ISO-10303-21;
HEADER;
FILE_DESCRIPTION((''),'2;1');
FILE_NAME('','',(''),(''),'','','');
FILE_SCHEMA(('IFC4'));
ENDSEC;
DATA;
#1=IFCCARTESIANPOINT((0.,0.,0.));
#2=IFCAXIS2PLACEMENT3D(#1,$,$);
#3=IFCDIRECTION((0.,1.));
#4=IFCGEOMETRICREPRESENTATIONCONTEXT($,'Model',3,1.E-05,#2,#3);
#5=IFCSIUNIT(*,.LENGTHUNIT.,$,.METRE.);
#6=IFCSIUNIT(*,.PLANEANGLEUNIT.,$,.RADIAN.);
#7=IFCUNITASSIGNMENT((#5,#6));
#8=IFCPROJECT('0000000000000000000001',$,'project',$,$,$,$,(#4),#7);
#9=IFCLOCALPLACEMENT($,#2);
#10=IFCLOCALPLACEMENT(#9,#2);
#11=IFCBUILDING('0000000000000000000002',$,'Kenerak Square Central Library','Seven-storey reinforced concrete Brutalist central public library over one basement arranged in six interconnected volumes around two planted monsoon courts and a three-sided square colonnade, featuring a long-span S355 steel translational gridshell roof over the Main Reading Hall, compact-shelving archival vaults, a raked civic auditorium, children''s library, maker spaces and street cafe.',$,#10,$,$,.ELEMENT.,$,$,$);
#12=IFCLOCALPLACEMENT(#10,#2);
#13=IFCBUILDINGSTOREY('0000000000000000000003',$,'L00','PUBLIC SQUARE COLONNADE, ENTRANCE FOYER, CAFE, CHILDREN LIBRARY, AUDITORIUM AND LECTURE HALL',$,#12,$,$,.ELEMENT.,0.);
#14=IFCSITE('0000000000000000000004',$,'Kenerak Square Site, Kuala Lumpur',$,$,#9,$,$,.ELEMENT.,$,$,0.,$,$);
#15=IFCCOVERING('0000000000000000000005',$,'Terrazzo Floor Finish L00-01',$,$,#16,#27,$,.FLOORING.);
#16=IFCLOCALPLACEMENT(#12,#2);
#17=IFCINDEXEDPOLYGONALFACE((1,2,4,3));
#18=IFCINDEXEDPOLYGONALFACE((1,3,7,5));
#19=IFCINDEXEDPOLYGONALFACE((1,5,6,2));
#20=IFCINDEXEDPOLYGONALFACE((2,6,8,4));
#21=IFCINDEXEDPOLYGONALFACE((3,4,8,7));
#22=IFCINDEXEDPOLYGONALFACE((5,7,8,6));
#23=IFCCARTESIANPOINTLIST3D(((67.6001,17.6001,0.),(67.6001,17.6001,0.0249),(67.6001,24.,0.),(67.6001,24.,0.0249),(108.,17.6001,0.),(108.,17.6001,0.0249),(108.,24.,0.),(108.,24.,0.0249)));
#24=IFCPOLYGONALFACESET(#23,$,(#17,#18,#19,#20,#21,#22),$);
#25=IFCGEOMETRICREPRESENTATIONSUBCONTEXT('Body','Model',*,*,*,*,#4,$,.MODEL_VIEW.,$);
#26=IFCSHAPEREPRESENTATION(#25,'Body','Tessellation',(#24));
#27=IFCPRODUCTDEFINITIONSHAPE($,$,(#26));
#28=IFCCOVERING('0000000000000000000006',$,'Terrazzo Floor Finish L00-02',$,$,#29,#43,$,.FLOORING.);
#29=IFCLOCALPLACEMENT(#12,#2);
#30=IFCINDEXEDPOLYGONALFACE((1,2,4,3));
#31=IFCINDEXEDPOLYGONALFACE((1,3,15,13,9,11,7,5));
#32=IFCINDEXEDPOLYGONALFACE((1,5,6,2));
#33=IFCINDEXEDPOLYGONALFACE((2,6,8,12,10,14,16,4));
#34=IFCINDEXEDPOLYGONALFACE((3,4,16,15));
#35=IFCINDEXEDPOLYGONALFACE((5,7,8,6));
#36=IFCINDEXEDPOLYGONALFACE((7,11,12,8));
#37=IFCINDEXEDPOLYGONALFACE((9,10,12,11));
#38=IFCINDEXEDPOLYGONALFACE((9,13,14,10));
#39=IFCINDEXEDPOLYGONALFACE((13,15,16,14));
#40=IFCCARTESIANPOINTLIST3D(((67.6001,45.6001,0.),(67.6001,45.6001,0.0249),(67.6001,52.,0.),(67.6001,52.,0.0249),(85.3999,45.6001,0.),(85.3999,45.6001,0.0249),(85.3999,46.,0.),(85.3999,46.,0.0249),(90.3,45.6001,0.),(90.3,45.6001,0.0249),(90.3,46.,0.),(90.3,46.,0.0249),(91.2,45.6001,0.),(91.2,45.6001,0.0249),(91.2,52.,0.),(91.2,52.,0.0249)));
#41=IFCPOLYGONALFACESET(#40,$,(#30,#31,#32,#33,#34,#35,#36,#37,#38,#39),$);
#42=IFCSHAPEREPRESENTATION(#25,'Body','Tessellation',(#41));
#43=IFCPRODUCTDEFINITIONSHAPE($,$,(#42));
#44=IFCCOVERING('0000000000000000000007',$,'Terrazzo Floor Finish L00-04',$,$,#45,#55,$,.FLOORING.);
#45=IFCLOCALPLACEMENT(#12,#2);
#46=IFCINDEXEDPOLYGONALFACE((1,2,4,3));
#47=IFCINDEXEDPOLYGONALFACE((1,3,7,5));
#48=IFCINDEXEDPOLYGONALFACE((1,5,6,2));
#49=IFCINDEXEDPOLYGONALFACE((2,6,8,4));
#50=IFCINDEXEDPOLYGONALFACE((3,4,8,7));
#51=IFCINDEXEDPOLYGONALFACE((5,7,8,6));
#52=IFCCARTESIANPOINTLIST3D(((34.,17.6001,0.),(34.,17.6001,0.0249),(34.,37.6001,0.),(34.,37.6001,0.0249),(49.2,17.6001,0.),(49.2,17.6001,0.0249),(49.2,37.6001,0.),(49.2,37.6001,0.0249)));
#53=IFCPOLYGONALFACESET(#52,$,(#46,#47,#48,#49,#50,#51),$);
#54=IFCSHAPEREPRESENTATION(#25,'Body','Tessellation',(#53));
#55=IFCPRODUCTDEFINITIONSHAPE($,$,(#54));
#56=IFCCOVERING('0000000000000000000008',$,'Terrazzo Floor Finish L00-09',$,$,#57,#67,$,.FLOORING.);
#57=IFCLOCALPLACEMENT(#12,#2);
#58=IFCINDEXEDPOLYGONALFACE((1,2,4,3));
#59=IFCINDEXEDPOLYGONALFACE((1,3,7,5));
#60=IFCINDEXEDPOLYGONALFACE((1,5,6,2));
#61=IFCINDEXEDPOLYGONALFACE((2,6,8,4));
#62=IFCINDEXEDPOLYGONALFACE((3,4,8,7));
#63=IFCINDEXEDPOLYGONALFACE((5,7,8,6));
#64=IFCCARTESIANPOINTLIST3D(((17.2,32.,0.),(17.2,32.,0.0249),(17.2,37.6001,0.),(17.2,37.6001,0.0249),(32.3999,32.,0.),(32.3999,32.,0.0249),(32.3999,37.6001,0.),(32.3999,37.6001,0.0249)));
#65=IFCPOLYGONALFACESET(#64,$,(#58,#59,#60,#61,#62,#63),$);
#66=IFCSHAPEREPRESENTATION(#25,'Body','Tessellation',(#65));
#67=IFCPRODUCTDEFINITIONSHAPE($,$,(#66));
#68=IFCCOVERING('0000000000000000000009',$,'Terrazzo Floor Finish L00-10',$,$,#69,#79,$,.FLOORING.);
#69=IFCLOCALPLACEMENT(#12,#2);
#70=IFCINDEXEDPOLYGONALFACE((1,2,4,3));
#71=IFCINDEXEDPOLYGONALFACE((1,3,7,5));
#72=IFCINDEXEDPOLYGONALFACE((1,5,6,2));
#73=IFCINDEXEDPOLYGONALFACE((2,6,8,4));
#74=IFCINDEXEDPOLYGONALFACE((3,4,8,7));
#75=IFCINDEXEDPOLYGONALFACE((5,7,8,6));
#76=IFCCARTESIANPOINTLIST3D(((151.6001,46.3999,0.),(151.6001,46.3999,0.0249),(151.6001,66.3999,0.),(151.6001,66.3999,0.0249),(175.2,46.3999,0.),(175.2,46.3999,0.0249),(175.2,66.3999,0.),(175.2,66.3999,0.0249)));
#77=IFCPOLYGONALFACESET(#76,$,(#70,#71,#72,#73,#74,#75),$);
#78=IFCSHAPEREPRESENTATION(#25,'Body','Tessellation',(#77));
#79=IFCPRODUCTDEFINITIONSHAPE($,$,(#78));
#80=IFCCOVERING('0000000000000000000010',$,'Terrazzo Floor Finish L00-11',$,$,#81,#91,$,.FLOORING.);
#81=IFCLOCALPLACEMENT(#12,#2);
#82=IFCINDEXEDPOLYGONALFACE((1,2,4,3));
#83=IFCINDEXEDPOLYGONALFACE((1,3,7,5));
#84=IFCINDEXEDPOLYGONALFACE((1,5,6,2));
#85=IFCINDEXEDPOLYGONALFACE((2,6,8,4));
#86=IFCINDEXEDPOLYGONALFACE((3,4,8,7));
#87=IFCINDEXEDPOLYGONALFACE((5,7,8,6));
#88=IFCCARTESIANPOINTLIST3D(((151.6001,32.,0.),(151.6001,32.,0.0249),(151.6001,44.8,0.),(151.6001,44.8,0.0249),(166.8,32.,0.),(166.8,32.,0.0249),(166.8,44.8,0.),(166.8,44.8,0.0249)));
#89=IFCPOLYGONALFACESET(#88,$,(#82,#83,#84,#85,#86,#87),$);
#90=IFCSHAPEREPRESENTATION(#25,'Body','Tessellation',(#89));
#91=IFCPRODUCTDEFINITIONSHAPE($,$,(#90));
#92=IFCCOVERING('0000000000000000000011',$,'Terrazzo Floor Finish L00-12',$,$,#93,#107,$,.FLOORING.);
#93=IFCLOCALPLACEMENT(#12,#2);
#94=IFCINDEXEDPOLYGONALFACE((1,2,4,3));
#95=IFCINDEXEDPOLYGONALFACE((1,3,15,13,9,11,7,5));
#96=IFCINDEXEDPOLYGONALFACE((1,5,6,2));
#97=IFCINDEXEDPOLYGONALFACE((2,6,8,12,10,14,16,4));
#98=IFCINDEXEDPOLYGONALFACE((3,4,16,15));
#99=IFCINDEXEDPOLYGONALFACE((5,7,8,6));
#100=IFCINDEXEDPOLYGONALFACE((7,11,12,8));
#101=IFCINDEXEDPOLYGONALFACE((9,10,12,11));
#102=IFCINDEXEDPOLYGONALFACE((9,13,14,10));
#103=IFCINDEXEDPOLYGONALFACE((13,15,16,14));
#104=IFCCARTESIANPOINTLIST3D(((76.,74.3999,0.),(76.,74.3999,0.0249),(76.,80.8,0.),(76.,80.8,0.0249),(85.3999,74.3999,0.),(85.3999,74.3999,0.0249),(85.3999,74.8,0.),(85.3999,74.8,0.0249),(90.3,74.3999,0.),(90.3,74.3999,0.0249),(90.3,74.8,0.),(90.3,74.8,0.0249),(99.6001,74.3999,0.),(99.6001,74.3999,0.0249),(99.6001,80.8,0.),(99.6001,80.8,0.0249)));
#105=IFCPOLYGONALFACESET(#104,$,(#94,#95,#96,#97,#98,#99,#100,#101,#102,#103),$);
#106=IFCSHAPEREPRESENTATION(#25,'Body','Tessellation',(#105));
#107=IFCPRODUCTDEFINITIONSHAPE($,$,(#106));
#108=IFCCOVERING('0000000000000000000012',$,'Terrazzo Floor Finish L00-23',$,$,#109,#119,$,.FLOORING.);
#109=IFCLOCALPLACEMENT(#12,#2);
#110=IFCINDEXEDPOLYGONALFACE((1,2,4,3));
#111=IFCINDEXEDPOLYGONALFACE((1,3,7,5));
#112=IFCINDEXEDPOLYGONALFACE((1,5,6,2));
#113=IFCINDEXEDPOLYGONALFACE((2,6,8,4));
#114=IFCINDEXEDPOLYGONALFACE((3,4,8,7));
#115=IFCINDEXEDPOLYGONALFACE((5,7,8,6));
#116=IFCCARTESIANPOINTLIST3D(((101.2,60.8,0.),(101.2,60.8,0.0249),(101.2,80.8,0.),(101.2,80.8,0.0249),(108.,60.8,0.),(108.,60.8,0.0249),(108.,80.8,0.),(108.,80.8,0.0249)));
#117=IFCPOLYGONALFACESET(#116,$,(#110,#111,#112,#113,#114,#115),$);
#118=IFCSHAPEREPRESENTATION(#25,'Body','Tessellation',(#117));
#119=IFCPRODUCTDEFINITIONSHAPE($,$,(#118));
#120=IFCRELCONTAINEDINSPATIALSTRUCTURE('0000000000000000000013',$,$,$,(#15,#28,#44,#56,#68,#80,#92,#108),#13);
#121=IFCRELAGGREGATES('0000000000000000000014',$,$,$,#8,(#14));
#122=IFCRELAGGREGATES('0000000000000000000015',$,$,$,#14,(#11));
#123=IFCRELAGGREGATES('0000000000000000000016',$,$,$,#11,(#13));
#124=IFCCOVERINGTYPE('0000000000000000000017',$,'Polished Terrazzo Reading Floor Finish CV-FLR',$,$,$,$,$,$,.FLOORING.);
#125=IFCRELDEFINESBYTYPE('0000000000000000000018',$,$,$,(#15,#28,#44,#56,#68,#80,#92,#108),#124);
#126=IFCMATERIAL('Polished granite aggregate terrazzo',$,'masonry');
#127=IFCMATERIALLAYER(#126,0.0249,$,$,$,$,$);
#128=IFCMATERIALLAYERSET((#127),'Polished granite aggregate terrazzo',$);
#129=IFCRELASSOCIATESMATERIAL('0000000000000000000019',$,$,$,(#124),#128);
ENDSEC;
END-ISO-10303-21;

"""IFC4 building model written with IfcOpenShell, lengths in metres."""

from ifc_helpers import new_model, si_unit, direction, origin, place, context, subcontext, project, spatial, polyline, outline, extrude, material, layer, layer_set, type_object, element, save


model = new_model("IFC4")

# Units and contexts
model_context = context("Model", 3, precision=1e-05, world=origin(), true_north=direction((0.0, 1.0)))
body_context = subcontext(model_context, "Body", "Model", "MODEL_VIEW")
ifc_project = project(units=[si_unit("LENGTHUNIT", "METRE"), si_unit("PLANEANGLEUNIT", "RADIAN")], contexts=[model_context])

# Site, building, storey
site_placement = place(None, origin())
site = spatial("IfcSite", under=ifc_project, at=site_placement, Name="Kenerak Square Site, Kuala Lumpur", CompositionType="ELEMENT", RefElevation=0.0)
building_placement = place(site_placement, origin())
building = spatial("IfcBuilding", under=site, at=building_placement, Name="Kenerak Square Central Library", Description="Seven-storey reinforced concrete Brutalist central public library over one basement arranged in six interconnected volumes around two planted monsoon courts and a three-sided square colonnade, featuring a long-span S355 steel translational gridshell roof over the Main Reading Hall, compact-shelving archival vaults, a raked civic auditorium, children's library, maker spaces and street cafe.", CompositionType="ELEMENT")
storey_placement = place(building_placement, origin())
storey = spatial("IfcBuildingStorey", under=building, at=storey_placement, Name="L00", Description="PUBLIC SQUARE COLONNADE, ENTRANCE FOYER, CAFE, CHILDREN LIBRARY, AUDITORIUM AND LECTURE HALL", CompositionType="ELEMENT", Elevation=0.0)

# Coverings
ifc_material_1 = material(Name="Polished granite aggregate terrazzo", Category="masonry")
ifc_layer_1 = layer(ifc_material_1, 0.0249)
ifc_layer_set_1 = layer_set([ifc_layer_1], Name="Polished granite aggregate terrazzo")
covering_type_1 = type_object("IfcCoveringType", Name="Polished Terrazzo Reading Floor Finish CV-FLR", PredefinedType="FLOORING", material=ifc_layer_set_1)
covering_1_placement = place(storey_placement, origin())
element("IfcCovering", 1, at=covering_1_placement, inside=storey, type_object=covering_type_1, Name="Terrazzo Floor Finish L00-01", PredefinedType="FLOORING", context=body_context, shape_type="SweptSolid", body=[
    extrude(outline(polyline([(108.0, 17.6001), (67.6001, 17.6001), (67.6001, 24.0), (108.0, 24.0), (108.0, 17.6001)])), origin(), (0.0, 0.0, 1.0), 0.0249),
])
covering_2_placement = place(storey_placement, origin())
element("IfcCovering", 2, at=covering_2_placement, inside=storey, type_object=covering_type_1, Name="Terrazzo Floor Finish L00-02", PredefinedType="FLOORING", context=body_context, shape_type="SweptSolid", body=[
    extrude(outline(polyline([(90.3, 46.0), (85.3999, 46.0), (85.3999, 45.6001), (67.6001, 45.6001), (67.6001, 52.0), (91.2, 52.0), (91.2, 45.6001), (90.3, 45.6001), (90.3, 46.0)])), origin(), (0.0, 0.0, 1.0), 0.0249),
])
covering_3_placement = place(storey_placement, origin())
element("IfcCovering", 3, at=covering_3_placement, inside=storey, type_object=covering_type_1, Name="Terrazzo Floor Finish L00-04", PredefinedType="FLOORING", context=body_context, shape_type="SweptSolid", body=[
    extrude(outline(polyline([(34.0, 37.6001), (49.2, 37.6001), (49.2, 17.6001), (34.0, 17.6001), (34.0, 37.6001)])), origin(), (0.0, 0.0, 1.0), 0.0249),
])
covering_4_placement = place(storey_placement, origin())
element("IfcCovering", 4, at=covering_4_placement, inside=storey, type_object=covering_type_1, Name="Terrazzo Floor Finish L00-09", PredefinedType="FLOORING", context=body_context, shape_type="SweptSolid", body=[
    extrude(outline(polyline([(17.2, 37.6001), (32.3999, 37.6001), (32.3999, 32.0), (17.2, 32.0), (17.2, 37.6001)])), origin(), (0.0, 0.0, 1.0), 0.0249),
])
covering_5_placement = place(storey_placement, origin())
element("IfcCovering", 5, at=covering_5_placement, inside=storey, type_object=covering_type_1, Name="Terrazzo Floor Finish L00-10", PredefinedType="FLOORING", context=body_context, shape_type="SweptSolid", body=[
    extrude(outline(polyline([(151.6001, 66.3999), (175.2, 66.3999), (175.2, 46.3999), (151.6001, 46.3999), (151.6001, 66.3999)])), origin(), (0.0, 0.0, 1.0), 0.0249),
])
covering_6_placement = place(storey_placement, origin())
element("IfcCovering", 6, at=covering_6_placement, inside=storey, type_object=covering_type_1, Name="Terrazzo Floor Finish L00-11", PredefinedType="FLOORING", context=body_context, shape_type="SweptSolid", body=[
    extrude(outline(polyline([(151.6001, 44.8), (166.8, 44.8), (166.8, 32.0), (151.6001, 32.0), (151.6001, 44.8)])), origin(), (0.0, 0.0, 1.0), 0.0249),
])
covering_7_placement = place(storey_placement, origin())
element("IfcCovering", 7, at=covering_7_placement, inside=storey, type_object=covering_type_1, Name="Terrazzo Floor Finish L00-12", PredefinedType="FLOORING", context=body_context, shape_type="SweptSolid", body=[
    extrude(outline(polyline([(90.3, 74.8), (85.3999, 74.8), (85.3999, 74.3999), (76.0, 74.3999), (76.0, 80.8), (99.6001, 80.8), (99.6001, 74.3999), (90.3, 74.3999), (90.3, 74.8)])), origin(), (0.0, 0.0, 1.0), 0.0249),
])
covering_8_placement = place(storey_placement, origin())
element("IfcCovering", 8, at=covering_8_placement, inside=storey, type_object=covering_type_1, Name="Terrazzo Floor Finish L00-23", PredefinedType="FLOORING", context=body_context, shape_type="SweptSolid", body=[
    extrude(outline(polyline([(101.2, 80.8), (108.0, 80.8), (108.0, 60.8), (101.2, 60.8), (101.2, 80.8)])), origin(), (0.0, 0.0, 1.0), 0.0249),
])

save(model, "model.ifc")
